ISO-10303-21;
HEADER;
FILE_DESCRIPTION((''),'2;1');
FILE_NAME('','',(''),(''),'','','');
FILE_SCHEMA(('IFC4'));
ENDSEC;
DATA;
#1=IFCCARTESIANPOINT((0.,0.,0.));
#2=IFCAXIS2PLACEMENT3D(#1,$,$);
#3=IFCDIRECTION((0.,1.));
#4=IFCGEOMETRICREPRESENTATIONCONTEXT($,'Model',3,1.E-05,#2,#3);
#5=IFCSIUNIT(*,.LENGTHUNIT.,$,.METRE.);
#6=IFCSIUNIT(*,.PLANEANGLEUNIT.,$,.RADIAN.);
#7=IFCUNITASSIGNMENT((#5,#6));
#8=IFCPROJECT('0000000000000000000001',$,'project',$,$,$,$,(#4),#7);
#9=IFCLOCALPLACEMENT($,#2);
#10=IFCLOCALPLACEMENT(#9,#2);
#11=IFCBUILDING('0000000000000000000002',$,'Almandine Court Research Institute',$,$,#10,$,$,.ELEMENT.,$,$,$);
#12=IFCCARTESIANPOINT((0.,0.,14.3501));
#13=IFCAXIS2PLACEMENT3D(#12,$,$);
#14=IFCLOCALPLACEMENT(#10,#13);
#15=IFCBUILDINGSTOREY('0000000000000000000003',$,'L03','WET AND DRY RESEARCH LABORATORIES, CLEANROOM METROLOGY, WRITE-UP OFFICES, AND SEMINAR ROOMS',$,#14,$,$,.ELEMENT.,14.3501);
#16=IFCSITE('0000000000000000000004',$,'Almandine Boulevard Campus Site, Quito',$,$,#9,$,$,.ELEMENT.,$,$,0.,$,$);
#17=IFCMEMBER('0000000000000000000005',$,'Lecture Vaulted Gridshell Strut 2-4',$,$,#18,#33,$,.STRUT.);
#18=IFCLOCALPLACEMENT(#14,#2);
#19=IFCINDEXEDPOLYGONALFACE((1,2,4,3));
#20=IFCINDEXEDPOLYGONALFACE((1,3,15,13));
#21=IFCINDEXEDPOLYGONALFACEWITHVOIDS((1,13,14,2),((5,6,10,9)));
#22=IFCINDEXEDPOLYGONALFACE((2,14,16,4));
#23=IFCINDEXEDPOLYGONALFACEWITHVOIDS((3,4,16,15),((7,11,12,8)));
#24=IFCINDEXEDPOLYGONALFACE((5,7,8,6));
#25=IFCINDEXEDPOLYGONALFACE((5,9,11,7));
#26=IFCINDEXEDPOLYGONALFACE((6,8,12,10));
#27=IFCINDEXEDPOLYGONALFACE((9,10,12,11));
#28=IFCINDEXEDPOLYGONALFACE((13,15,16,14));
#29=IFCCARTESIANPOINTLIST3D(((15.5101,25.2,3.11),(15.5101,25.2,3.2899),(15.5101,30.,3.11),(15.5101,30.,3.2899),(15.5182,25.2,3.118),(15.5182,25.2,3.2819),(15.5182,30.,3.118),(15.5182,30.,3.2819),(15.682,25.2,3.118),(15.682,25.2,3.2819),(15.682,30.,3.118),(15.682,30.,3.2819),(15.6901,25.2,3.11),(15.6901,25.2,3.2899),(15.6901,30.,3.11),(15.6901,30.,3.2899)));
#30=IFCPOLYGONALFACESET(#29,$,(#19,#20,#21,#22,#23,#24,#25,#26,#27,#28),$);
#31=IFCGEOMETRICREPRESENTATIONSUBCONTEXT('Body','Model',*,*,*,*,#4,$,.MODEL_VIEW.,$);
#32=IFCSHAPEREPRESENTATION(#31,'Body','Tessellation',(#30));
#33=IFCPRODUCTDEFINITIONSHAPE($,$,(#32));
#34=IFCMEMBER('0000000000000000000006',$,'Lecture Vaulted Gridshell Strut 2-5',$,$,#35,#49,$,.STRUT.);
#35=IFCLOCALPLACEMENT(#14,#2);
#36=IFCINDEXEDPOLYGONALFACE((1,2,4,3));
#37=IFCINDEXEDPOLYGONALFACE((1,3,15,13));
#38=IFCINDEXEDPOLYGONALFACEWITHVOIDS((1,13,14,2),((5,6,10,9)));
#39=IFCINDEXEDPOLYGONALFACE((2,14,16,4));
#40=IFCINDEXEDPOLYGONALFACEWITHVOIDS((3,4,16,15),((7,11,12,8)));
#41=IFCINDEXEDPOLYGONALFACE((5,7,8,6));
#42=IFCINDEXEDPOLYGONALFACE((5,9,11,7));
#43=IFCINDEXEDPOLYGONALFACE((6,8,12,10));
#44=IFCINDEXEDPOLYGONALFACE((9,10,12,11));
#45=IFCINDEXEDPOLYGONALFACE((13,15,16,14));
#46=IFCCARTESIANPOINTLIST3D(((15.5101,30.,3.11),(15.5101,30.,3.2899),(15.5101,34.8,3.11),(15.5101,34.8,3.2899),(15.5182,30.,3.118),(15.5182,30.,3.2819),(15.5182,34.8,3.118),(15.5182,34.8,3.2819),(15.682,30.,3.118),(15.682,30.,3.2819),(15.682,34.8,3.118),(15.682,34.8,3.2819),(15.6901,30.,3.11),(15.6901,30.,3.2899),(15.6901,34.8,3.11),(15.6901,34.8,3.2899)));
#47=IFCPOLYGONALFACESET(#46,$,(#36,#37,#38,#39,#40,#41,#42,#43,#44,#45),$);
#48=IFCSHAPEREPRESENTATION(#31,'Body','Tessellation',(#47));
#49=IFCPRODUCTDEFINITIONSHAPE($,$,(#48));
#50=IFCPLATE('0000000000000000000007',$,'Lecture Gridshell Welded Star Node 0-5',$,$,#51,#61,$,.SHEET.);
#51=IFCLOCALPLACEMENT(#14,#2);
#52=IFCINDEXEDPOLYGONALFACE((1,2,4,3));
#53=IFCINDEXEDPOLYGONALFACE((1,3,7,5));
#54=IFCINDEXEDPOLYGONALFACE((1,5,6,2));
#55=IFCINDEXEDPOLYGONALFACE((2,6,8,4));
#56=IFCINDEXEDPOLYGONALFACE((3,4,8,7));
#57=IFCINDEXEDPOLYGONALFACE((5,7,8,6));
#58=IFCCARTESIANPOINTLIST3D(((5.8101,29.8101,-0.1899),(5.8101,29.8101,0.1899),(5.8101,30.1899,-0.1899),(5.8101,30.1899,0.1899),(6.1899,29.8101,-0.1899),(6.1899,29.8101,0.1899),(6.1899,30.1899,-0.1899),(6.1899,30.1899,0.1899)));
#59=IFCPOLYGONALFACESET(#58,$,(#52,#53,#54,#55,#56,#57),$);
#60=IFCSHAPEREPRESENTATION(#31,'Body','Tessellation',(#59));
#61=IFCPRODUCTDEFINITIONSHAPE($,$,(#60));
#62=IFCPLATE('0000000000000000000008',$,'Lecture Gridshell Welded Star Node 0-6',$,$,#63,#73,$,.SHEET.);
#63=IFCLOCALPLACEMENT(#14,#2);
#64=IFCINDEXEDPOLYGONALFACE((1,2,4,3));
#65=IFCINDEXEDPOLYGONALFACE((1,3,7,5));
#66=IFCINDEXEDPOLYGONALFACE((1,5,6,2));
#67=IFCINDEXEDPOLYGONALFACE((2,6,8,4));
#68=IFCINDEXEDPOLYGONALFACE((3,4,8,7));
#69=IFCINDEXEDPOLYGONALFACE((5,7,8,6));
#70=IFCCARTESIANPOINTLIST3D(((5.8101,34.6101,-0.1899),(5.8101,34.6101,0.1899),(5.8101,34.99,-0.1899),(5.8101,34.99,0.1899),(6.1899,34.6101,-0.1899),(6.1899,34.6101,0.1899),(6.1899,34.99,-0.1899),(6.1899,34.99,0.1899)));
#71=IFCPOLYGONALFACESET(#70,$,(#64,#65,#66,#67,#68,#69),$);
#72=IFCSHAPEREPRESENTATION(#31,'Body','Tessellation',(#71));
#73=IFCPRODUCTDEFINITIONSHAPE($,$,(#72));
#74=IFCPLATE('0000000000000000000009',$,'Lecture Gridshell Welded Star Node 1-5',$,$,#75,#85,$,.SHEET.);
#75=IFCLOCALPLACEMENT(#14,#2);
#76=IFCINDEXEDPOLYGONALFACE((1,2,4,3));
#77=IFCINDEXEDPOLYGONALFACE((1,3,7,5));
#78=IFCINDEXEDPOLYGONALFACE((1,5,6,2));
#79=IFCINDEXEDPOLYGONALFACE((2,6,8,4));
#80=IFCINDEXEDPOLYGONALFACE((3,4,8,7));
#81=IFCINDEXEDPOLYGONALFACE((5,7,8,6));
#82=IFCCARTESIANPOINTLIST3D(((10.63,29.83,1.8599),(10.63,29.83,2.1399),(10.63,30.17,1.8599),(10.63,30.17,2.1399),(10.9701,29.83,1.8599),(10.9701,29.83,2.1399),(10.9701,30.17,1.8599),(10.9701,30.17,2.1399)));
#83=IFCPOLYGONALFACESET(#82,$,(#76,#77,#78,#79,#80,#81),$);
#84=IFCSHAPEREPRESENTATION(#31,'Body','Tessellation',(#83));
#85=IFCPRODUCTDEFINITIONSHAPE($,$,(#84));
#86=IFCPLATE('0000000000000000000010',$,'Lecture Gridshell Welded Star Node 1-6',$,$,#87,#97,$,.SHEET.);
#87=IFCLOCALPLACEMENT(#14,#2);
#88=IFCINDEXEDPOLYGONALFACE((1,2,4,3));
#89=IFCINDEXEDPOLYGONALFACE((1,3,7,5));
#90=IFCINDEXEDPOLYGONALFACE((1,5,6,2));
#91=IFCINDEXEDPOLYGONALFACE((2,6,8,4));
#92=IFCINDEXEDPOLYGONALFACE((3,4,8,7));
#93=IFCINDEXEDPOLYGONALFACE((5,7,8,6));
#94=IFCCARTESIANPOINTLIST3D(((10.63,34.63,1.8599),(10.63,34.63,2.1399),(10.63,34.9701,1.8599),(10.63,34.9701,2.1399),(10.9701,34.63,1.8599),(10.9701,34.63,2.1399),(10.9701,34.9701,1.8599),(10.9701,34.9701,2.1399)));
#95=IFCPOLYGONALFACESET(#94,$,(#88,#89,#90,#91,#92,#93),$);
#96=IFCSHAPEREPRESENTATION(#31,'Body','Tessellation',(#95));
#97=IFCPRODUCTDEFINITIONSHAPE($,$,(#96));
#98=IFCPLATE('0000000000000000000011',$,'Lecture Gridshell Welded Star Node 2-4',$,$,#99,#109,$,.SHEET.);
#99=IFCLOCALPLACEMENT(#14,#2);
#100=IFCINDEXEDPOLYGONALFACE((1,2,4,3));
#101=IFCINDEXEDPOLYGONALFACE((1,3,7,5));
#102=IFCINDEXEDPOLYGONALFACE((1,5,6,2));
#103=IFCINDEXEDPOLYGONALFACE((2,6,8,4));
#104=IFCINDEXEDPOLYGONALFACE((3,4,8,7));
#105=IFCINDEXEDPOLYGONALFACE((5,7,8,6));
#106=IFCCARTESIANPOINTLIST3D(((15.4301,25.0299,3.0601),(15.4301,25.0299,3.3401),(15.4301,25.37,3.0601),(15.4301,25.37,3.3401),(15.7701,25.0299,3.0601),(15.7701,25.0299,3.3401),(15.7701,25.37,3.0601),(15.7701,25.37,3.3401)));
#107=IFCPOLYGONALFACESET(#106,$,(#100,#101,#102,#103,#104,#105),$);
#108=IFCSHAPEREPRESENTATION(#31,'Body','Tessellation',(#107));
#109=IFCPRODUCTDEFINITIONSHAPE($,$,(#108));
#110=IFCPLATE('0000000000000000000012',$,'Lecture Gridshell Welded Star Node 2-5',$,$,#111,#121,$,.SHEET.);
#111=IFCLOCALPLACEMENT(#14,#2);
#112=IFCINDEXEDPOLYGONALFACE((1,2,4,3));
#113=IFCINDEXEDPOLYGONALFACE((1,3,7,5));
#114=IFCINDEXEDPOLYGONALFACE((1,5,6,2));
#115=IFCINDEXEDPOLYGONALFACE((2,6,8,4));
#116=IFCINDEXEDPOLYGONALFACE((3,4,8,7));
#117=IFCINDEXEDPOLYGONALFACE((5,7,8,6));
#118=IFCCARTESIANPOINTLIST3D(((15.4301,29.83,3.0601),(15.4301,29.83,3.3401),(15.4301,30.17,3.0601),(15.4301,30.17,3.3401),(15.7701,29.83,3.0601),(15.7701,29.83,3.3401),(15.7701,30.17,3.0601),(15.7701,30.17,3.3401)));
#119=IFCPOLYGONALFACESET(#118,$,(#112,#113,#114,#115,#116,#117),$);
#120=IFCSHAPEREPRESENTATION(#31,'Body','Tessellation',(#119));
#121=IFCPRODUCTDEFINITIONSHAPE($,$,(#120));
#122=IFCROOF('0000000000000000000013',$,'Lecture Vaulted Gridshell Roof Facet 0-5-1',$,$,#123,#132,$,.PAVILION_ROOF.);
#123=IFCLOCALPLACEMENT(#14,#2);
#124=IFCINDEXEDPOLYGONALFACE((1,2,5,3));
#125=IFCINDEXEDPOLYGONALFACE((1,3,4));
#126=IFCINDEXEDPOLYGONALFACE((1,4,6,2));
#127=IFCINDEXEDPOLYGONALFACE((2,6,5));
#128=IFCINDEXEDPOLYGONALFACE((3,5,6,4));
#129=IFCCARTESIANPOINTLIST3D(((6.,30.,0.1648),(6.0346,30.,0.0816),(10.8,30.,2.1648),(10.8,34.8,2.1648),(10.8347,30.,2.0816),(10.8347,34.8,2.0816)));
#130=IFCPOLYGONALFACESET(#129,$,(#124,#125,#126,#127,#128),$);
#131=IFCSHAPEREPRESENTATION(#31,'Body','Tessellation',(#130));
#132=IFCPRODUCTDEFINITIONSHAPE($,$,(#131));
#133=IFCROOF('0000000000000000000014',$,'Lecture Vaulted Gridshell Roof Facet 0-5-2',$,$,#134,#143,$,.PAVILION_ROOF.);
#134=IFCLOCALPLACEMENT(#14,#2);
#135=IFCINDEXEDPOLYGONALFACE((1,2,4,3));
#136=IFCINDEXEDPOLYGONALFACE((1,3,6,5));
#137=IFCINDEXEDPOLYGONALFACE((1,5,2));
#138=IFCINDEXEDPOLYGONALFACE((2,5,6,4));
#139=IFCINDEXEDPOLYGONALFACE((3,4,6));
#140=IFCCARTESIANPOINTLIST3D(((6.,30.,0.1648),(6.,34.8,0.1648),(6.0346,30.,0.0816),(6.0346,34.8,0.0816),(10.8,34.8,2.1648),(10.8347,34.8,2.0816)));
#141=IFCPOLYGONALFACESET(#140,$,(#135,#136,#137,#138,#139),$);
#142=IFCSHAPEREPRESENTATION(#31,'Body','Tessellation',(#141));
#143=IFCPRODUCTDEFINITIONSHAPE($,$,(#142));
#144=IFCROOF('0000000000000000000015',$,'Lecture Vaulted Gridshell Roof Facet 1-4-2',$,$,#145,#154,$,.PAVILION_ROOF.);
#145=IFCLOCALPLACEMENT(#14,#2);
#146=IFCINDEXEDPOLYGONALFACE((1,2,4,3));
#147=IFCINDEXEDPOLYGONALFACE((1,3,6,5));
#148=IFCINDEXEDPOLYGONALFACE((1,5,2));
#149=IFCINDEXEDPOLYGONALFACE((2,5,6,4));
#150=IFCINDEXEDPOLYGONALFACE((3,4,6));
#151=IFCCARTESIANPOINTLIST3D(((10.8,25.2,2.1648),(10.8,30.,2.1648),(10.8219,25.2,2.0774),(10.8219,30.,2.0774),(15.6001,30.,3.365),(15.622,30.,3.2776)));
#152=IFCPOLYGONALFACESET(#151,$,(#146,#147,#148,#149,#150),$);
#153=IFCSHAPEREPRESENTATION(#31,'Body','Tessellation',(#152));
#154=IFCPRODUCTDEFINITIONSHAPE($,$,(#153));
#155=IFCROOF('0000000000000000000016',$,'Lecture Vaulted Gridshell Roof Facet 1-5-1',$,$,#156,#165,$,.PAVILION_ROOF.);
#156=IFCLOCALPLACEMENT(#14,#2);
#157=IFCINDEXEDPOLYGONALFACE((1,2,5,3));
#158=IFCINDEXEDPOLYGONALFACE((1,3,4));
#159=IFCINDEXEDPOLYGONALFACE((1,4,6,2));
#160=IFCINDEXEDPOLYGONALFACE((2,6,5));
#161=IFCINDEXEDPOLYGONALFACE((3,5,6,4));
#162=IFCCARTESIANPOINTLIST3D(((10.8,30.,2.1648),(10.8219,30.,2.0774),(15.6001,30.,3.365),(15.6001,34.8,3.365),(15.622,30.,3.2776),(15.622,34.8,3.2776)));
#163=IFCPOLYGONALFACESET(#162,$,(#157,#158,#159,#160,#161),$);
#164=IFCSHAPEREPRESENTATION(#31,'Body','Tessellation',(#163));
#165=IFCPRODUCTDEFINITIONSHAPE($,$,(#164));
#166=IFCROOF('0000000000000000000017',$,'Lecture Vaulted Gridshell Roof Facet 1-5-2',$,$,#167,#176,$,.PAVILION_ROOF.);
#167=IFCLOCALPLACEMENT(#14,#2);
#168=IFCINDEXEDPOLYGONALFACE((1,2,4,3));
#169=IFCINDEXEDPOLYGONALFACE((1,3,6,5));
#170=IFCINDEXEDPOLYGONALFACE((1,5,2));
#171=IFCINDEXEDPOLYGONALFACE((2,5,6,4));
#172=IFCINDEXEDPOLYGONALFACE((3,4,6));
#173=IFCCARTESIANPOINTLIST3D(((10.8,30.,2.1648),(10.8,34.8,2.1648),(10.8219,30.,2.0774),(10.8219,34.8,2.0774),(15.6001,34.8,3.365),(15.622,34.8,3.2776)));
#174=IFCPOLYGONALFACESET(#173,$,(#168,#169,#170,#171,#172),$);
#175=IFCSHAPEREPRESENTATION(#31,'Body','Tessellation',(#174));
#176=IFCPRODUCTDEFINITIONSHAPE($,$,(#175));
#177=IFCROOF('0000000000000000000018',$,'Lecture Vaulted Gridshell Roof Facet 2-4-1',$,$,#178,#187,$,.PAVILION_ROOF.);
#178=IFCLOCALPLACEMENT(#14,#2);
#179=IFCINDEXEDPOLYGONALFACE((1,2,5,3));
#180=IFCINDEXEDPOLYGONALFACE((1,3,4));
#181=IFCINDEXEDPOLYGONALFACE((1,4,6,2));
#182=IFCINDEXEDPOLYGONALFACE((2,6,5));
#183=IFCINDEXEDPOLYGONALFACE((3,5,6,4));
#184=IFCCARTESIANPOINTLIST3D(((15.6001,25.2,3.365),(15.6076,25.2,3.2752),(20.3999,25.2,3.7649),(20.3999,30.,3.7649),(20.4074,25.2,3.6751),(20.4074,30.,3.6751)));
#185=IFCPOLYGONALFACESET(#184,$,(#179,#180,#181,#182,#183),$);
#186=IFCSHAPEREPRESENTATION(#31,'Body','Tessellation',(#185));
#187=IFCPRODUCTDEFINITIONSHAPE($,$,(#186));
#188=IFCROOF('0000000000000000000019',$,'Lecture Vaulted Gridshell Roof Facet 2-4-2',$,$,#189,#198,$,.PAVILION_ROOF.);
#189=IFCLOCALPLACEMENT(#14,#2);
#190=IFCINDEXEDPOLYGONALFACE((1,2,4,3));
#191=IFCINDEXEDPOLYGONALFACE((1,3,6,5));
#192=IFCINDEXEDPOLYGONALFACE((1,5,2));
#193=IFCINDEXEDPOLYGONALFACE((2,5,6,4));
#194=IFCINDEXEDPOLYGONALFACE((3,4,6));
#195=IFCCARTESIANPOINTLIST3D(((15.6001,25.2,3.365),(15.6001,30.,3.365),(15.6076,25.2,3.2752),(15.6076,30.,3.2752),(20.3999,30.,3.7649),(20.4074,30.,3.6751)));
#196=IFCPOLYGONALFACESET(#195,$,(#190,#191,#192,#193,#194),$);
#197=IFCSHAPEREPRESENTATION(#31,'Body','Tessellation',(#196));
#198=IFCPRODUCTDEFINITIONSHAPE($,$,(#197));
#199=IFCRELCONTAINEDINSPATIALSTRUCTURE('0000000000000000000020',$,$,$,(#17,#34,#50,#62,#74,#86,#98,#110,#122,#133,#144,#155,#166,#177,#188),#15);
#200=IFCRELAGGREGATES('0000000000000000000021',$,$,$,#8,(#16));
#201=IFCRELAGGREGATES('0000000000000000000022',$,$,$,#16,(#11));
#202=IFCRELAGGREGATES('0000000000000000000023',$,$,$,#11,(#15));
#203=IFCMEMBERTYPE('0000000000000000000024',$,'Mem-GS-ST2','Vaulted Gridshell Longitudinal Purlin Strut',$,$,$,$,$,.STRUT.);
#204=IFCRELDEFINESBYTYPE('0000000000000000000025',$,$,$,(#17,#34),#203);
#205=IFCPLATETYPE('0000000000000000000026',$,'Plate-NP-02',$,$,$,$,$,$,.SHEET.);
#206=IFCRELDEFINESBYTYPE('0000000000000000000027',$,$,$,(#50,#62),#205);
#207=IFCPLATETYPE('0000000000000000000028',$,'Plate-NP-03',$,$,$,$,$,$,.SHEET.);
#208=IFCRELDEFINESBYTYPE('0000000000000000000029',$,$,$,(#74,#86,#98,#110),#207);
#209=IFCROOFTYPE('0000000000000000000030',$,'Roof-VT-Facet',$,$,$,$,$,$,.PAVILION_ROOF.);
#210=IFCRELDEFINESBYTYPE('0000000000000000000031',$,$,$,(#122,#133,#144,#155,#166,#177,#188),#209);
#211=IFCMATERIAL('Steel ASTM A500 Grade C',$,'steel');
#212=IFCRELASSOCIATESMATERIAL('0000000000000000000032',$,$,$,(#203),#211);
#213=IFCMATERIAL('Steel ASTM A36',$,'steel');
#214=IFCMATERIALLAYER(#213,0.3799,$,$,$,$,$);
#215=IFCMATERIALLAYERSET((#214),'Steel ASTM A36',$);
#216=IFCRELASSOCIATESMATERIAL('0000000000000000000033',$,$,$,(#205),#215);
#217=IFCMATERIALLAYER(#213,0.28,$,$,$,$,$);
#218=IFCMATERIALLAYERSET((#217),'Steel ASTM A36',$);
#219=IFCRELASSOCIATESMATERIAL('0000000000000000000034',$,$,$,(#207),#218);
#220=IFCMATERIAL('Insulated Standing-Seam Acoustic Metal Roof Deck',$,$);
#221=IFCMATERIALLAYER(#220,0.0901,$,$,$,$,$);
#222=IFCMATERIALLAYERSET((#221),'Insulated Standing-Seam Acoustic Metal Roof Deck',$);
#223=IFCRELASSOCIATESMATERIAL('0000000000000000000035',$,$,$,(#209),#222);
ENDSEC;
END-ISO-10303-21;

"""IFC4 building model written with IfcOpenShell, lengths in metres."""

from ifc_helpers import new_model, si_unit, direction, frame, origin, origin_2d, place, context, subcontext, project, spatial, polyline, rectangle, hollow_rectangle, outline, extrude, material, layer, layer_set, material_profile, profile_set, type_object, element, save


model = new_model("IFC4")

# Units and contexts
model_context = context("Model", 3, precision=1e-05, world=origin(), true_north=direction((0.0, 1.0)))
body_context = subcontext(model_context, "Body", "Model", "MODEL_VIEW")
ifc_project = project(units=[si_unit("LENGTHUNIT", "METRE"), si_unit("PLANEANGLEUNIT", "RADIAN")], contexts=[model_context])

# Site, building, storey
site_placement = place(None, origin())
site = spatial("IfcSite", under=ifc_project, at=site_placement, Name="Almandine Boulevard Campus Site, Quito", CompositionType="ELEMENT", RefElevation=0.0)
building_placement = place(site_placement, origin())
building = spatial("IfcBuilding", under=site, at=building_placement, Name="Almandine Court Research Institute", CompositionType="ELEMENT")
storey_placement = place(building_placement, frame((0.0, 0.0, 14.3501)))
storey = spatial("IfcBuildingStorey", under=building, at=storey_placement, Name="L03", Description="WET AND DRY RESEARCH LABORATORIES, CLEANROOM METROLOGY, WRITE-UP OFFICES, AND SEMINAR ROOMS", CompositionType="ELEMENT", Elevation=14.3501)

# Members
ifc_material_1 = material(Name="Steel ASTM A500 Grade C", Category="steel")
ifc_material_profile_1 = material_profile(ifc_material_1, hollow_rectangle(XDim=0.1799, YDim=0.1799, WallThickness=0.0081, at=origin_2d()), Name="HSS 180x180x8")
ifc_profile_set_1 = profile_set([ifc_material_profile_1], Name="Steel ASTM A500 Grade C")
member_type_1 = type_object("IfcMemberType", Name="Mem-GS-ST2", Description="Vaulted Gridshell Longitudinal Purlin Strut", PredefinedType="STRUT", material=ifc_profile_set_1)
for number, where, z_axis, x_axis, name in (
    (1, (15.6001, 25.2, 3.2), (0.0, 1.0, 0.0), (-1.0, 0.0, 0.0), "Lecture Vaulted Gridshell Strut 2-4"),
    (2, (15.6001, 30.0, 3.2), (0.0, 1.0, 0.0), (-1.0, 0.0, 0.0), "Lecture Vaulted Gridshell Strut 2-5"),
):
    element("IfcMember", number, at=place(storey_placement, frame(where, z_axis=z_axis, x_axis=x_axis)), inside=storey, type_object=member_type_1, Name=name, PredefinedType="STRUT", context=body_context, shape_type="SweptSolid", body=[
        extrude(hollow_rectangle(XDim=0.1799, YDim=0.1799, WallThickness=0.0081, at=origin_2d()), origin(), (0.0, 0.0, 1.0), 4.8),
    ])

# Plates
ifc_material_2 = material(Name="Steel ASTM A36", Category="steel")
ifc_layer_1 = layer(ifc_material_2, 0.3799)
ifc_layer_set_1 = layer_set([ifc_layer_1], Name="Steel ASTM A36")
plate_type_1 = type_object("IfcPlateType", Name="Plate-NP-02", PredefinedType="SHEET", material=ifc_layer_set_1)
for number, where, z_axis, x_axis, name in (
    (3, (6.0, 30.0, -0.1899), (0.0, 0.0, 1.0), (1.0, 0.0, 0.0), "Lecture Gridshell Welded Star Node 0-5"),
    (4, (6.0, 34.8, -0.1899), (0.0, 0.0, 1.0), (1.0, 0.0, 0.0), "Lecture Gridshell Welded Star Node 0-6"),
):
    element("IfcPlate", number, at=place(storey_placement, frame(where, z_axis=z_axis, x_axis=x_axis)), inside=storey, type_object=plate_type_1, Name=name, PredefinedType="SHEET", context=body_context, shape_type="SweptSolid", body=[
        extrude(rectangle(XDim=0.3799, YDim=0.3799, at=origin_2d()), origin(), (0.0, 0.0, 1.0), 0.3799),
    ])
ifc_layer_2 = layer(ifc_material_2, 0.28)
ifc_layer_set_2 = layer_set([ifc_layer_2], Name="Steel ASTM A36")
plate_type_2 = type_object("IfcPlateType", Name="Plate-NP-03", PredefinedType="SHEET", material=ifc_layer_set_2)
for number, where, z_axis, x_axis, name in (
    (5, (10.8, 30.0, 1.8599), (0.0, 0.0, 1.0), (1.0, 0.0, 0.0), "Lecture Gridshell Welded Star Node 1-5"),
    (6, (10.8, 34.8, 1.8599), (0.0, 0.0, 1.0), (1.0, 0.0, 0.0), "Lecture Gridshell Welded Star Node 1-6"),
    (7, (15.6001, 25.2, 3.0601), (0.0, 0.0, 1.0), (1.0, 0.0, 0.0), "Lecture Gridshell Welded Star Node 2-4"),
    (8, (15.6001, 30.0, 3.0601), (0.0, 0.0, 1.0), (1.0, 0.0, 0.0), "Lecture Gridshell Welded Star Node 2-5"),
):
    element("IfcPlate", number, at=place(storey_placement, frame(where, z_axis=z_axis, x_axis=x_axis)), inside=storey, type_object=plate_type_2, Name=name, PredefinedType="SHEET", context=body_context, shape_type="SweptSolid", body=[
        extrude(rectangle(XDim=0.3401, YDim=0.3401, at=origin_2d()), origin(), (0.0, 0.0, 1.0), 0.28),
    ])

# Roofs
ifc_material_3 = material(Name="Insulated Standing-Seam Acoustic Metal Roof Deck")
ifc_layer_3 = layer(ifc_material_3, 0.0901)
ifc_layer_set_3 = layer_set([ifc_layer_3], Name="Insulated Standing-Seam Acoustic Metal Roof Deck")
roof_type = type_object("IfcRoofType", Name="Roof-VT-Facet", PredefinedType="PAVILION_ROOF", material=ifc_layer_set_3)
roof_1_placement = place(storey_placement, frame((6.0, 30.0, 0.1648), z_axis=(-0.384612, 0.0, 0.923078), x_axis=(0.923078, 0.0, 0.384612)))
element("IfcRoof", 9, at=roof_1_placement, inside=storey, type_object=roof_type, Name="Lecture Vaulted Gridshell Roof Facet 0-5-1", PredefinedType="PAVILION_ROOF", context=body_context, shape_type="SweptSolid", body=[
    extrude(outline(polyline([(0.0, 0.0), (5.2, 0.0), (5.2, 4.8), (0.0, 0.0)])), origin(), (0.0, 0.0, -1.0), 0.0901),
])
roof_2_placement = place(storey_placement, frame((6.0, 30.0, 0.1648), z_axis=(-0.384612, 0.0, 0.923078), x_axis=(0.678281, 0.678281, 0.282614)))
element("IfcRoof", 10, at=roof_2_placement, inside=storey, type_object=roof_type, Name="Lecture Vaulted Gridshell Roof Facet 0-5-2", PredefinedType="PAVILION_ROOF", context=body_context, shape_type="SweptSolid", body=[
    extrude(outline(polyline([(0.0, 0.0), (7.0768, 0.0), (3.2558, 3.5271), (0.0, 0.0)])), origin(), (0.0, 0.0, -1.0), 0.0901),
])
roof_3_placement = place(storey_placement, frame((10.8, 25.2, 2.1648), z_axis=(-0.24257, 0.0, 0.970134), x_axis=(0.696307, 0.696307, 0.174103)))
element("IfcRoof", 11, at=roof_3_placement, inside=storey, type_object=roof_type, Name="Lecture Vaulted Gridshell Roof Facet 1-4-2", PredefinedType="PAVILION_ROOF", context=body_context, shape_type="SweptSolid", body=[
    extrude(outline(polyline([(0.0, 0.0), (6.8936, 0.0), (3.3423, 3.4452), (0.0, 0.0)])), origin(), (0.0, 0.0, -1.0), 0.0901),
])
roof_4_placement = place(storey_placement, frame((10.8, 30.0, 2.1648), z_axis=(-0.24257, 0.0, 0.970134), x_axis=(0.970134, 0.0, 0.24257)))
element("IfcRoof", 12, at=roof_4_placement, inside=storey, type_object=roof_type, Name="Lecture Vaulted Gridshell Roof Facet 1-5-1", PredefinedType="PAVILION_ROOF", context=body_context, shape_type="SweptSolid", body=[
    extrude(outline(polyline([(0.0, 0.0), (4.9478, 0.0), (4.9478, 4.8), (0.0, 0.0)])), origin(), (0.0, 0.0, -1.0), 0.0901),
])
roof_5_placement = place(storey_placement, frame((10.8, 30.0, 2.1648), z_axis=(-0.24257, 0.0, 0.970134), x_axis=(0.696307, 0.696307, 0.174103)))
element("IfcRoof", 13, at=roof_5_placement, inside=storey, type_object=roof_type, Name="Lecture Vaulted Gridshell Roof Facet 1-5-2", PredefinedType="PAVILION_ROOF", context=body_context, shape_type="SweptSolid", body=[
    extrude(outline(polyline([(0.0, 0.0), (6.8936, 0.0), (3.3423, 3.4452), (0.0, 0.0)])), origin(), (0.0, 0.0, -1.0), 0.0901),
])
roof_6_placement = place(storey_placement, frame((15.6001, 25.2, 3.365), z_axis=(-0.083029, 0.0, 0.996547), x_axis=(0.996547, 0.0, 0.083029)))
element("IfcRoof", 14, at=roof_6_placement, inside=storey, type_object=roof_type, Name="Lecture Vaulted Gridshell Roof Facet 2-4-1", PredefinedType="PAVILION_ROOF", context=body_context, shape_type="SweptSolid", body=[
    extrude(outline(polyline([(0.0, 0.0), (4.8164, 0.0), (4.8164, 4.8), (0.0, 0.0)])), origin(), (0.0, 0.0, -1.0), 0.0901),
])
roof_7_placement = place(storey_placement, frame((15.6001, 25.2, 3.365), z_axis=(-0.083029, 0.0, 0.996547), x_axis=(0.705865, 0.705901, 0.05881)))
element("IfcRoof", 15, at=roof_7_placement, inside=storey, type_object=roof_type, Name="Lecture Vaulted Gridshell Roof Facet 2-4-2", PredefinedType="PAVILION_ROOF", context=body_context, shape_type="SweptSolid", body=[
    extrude(outline(polyline([(0.0, 0.0), (6.7999, 0.0), (3.3884, 3.3999), (0.0, 0.0)])), origin(), (0.0, 0.0, -1.0), 0.0901),
])

save(model, "model.ifc")
